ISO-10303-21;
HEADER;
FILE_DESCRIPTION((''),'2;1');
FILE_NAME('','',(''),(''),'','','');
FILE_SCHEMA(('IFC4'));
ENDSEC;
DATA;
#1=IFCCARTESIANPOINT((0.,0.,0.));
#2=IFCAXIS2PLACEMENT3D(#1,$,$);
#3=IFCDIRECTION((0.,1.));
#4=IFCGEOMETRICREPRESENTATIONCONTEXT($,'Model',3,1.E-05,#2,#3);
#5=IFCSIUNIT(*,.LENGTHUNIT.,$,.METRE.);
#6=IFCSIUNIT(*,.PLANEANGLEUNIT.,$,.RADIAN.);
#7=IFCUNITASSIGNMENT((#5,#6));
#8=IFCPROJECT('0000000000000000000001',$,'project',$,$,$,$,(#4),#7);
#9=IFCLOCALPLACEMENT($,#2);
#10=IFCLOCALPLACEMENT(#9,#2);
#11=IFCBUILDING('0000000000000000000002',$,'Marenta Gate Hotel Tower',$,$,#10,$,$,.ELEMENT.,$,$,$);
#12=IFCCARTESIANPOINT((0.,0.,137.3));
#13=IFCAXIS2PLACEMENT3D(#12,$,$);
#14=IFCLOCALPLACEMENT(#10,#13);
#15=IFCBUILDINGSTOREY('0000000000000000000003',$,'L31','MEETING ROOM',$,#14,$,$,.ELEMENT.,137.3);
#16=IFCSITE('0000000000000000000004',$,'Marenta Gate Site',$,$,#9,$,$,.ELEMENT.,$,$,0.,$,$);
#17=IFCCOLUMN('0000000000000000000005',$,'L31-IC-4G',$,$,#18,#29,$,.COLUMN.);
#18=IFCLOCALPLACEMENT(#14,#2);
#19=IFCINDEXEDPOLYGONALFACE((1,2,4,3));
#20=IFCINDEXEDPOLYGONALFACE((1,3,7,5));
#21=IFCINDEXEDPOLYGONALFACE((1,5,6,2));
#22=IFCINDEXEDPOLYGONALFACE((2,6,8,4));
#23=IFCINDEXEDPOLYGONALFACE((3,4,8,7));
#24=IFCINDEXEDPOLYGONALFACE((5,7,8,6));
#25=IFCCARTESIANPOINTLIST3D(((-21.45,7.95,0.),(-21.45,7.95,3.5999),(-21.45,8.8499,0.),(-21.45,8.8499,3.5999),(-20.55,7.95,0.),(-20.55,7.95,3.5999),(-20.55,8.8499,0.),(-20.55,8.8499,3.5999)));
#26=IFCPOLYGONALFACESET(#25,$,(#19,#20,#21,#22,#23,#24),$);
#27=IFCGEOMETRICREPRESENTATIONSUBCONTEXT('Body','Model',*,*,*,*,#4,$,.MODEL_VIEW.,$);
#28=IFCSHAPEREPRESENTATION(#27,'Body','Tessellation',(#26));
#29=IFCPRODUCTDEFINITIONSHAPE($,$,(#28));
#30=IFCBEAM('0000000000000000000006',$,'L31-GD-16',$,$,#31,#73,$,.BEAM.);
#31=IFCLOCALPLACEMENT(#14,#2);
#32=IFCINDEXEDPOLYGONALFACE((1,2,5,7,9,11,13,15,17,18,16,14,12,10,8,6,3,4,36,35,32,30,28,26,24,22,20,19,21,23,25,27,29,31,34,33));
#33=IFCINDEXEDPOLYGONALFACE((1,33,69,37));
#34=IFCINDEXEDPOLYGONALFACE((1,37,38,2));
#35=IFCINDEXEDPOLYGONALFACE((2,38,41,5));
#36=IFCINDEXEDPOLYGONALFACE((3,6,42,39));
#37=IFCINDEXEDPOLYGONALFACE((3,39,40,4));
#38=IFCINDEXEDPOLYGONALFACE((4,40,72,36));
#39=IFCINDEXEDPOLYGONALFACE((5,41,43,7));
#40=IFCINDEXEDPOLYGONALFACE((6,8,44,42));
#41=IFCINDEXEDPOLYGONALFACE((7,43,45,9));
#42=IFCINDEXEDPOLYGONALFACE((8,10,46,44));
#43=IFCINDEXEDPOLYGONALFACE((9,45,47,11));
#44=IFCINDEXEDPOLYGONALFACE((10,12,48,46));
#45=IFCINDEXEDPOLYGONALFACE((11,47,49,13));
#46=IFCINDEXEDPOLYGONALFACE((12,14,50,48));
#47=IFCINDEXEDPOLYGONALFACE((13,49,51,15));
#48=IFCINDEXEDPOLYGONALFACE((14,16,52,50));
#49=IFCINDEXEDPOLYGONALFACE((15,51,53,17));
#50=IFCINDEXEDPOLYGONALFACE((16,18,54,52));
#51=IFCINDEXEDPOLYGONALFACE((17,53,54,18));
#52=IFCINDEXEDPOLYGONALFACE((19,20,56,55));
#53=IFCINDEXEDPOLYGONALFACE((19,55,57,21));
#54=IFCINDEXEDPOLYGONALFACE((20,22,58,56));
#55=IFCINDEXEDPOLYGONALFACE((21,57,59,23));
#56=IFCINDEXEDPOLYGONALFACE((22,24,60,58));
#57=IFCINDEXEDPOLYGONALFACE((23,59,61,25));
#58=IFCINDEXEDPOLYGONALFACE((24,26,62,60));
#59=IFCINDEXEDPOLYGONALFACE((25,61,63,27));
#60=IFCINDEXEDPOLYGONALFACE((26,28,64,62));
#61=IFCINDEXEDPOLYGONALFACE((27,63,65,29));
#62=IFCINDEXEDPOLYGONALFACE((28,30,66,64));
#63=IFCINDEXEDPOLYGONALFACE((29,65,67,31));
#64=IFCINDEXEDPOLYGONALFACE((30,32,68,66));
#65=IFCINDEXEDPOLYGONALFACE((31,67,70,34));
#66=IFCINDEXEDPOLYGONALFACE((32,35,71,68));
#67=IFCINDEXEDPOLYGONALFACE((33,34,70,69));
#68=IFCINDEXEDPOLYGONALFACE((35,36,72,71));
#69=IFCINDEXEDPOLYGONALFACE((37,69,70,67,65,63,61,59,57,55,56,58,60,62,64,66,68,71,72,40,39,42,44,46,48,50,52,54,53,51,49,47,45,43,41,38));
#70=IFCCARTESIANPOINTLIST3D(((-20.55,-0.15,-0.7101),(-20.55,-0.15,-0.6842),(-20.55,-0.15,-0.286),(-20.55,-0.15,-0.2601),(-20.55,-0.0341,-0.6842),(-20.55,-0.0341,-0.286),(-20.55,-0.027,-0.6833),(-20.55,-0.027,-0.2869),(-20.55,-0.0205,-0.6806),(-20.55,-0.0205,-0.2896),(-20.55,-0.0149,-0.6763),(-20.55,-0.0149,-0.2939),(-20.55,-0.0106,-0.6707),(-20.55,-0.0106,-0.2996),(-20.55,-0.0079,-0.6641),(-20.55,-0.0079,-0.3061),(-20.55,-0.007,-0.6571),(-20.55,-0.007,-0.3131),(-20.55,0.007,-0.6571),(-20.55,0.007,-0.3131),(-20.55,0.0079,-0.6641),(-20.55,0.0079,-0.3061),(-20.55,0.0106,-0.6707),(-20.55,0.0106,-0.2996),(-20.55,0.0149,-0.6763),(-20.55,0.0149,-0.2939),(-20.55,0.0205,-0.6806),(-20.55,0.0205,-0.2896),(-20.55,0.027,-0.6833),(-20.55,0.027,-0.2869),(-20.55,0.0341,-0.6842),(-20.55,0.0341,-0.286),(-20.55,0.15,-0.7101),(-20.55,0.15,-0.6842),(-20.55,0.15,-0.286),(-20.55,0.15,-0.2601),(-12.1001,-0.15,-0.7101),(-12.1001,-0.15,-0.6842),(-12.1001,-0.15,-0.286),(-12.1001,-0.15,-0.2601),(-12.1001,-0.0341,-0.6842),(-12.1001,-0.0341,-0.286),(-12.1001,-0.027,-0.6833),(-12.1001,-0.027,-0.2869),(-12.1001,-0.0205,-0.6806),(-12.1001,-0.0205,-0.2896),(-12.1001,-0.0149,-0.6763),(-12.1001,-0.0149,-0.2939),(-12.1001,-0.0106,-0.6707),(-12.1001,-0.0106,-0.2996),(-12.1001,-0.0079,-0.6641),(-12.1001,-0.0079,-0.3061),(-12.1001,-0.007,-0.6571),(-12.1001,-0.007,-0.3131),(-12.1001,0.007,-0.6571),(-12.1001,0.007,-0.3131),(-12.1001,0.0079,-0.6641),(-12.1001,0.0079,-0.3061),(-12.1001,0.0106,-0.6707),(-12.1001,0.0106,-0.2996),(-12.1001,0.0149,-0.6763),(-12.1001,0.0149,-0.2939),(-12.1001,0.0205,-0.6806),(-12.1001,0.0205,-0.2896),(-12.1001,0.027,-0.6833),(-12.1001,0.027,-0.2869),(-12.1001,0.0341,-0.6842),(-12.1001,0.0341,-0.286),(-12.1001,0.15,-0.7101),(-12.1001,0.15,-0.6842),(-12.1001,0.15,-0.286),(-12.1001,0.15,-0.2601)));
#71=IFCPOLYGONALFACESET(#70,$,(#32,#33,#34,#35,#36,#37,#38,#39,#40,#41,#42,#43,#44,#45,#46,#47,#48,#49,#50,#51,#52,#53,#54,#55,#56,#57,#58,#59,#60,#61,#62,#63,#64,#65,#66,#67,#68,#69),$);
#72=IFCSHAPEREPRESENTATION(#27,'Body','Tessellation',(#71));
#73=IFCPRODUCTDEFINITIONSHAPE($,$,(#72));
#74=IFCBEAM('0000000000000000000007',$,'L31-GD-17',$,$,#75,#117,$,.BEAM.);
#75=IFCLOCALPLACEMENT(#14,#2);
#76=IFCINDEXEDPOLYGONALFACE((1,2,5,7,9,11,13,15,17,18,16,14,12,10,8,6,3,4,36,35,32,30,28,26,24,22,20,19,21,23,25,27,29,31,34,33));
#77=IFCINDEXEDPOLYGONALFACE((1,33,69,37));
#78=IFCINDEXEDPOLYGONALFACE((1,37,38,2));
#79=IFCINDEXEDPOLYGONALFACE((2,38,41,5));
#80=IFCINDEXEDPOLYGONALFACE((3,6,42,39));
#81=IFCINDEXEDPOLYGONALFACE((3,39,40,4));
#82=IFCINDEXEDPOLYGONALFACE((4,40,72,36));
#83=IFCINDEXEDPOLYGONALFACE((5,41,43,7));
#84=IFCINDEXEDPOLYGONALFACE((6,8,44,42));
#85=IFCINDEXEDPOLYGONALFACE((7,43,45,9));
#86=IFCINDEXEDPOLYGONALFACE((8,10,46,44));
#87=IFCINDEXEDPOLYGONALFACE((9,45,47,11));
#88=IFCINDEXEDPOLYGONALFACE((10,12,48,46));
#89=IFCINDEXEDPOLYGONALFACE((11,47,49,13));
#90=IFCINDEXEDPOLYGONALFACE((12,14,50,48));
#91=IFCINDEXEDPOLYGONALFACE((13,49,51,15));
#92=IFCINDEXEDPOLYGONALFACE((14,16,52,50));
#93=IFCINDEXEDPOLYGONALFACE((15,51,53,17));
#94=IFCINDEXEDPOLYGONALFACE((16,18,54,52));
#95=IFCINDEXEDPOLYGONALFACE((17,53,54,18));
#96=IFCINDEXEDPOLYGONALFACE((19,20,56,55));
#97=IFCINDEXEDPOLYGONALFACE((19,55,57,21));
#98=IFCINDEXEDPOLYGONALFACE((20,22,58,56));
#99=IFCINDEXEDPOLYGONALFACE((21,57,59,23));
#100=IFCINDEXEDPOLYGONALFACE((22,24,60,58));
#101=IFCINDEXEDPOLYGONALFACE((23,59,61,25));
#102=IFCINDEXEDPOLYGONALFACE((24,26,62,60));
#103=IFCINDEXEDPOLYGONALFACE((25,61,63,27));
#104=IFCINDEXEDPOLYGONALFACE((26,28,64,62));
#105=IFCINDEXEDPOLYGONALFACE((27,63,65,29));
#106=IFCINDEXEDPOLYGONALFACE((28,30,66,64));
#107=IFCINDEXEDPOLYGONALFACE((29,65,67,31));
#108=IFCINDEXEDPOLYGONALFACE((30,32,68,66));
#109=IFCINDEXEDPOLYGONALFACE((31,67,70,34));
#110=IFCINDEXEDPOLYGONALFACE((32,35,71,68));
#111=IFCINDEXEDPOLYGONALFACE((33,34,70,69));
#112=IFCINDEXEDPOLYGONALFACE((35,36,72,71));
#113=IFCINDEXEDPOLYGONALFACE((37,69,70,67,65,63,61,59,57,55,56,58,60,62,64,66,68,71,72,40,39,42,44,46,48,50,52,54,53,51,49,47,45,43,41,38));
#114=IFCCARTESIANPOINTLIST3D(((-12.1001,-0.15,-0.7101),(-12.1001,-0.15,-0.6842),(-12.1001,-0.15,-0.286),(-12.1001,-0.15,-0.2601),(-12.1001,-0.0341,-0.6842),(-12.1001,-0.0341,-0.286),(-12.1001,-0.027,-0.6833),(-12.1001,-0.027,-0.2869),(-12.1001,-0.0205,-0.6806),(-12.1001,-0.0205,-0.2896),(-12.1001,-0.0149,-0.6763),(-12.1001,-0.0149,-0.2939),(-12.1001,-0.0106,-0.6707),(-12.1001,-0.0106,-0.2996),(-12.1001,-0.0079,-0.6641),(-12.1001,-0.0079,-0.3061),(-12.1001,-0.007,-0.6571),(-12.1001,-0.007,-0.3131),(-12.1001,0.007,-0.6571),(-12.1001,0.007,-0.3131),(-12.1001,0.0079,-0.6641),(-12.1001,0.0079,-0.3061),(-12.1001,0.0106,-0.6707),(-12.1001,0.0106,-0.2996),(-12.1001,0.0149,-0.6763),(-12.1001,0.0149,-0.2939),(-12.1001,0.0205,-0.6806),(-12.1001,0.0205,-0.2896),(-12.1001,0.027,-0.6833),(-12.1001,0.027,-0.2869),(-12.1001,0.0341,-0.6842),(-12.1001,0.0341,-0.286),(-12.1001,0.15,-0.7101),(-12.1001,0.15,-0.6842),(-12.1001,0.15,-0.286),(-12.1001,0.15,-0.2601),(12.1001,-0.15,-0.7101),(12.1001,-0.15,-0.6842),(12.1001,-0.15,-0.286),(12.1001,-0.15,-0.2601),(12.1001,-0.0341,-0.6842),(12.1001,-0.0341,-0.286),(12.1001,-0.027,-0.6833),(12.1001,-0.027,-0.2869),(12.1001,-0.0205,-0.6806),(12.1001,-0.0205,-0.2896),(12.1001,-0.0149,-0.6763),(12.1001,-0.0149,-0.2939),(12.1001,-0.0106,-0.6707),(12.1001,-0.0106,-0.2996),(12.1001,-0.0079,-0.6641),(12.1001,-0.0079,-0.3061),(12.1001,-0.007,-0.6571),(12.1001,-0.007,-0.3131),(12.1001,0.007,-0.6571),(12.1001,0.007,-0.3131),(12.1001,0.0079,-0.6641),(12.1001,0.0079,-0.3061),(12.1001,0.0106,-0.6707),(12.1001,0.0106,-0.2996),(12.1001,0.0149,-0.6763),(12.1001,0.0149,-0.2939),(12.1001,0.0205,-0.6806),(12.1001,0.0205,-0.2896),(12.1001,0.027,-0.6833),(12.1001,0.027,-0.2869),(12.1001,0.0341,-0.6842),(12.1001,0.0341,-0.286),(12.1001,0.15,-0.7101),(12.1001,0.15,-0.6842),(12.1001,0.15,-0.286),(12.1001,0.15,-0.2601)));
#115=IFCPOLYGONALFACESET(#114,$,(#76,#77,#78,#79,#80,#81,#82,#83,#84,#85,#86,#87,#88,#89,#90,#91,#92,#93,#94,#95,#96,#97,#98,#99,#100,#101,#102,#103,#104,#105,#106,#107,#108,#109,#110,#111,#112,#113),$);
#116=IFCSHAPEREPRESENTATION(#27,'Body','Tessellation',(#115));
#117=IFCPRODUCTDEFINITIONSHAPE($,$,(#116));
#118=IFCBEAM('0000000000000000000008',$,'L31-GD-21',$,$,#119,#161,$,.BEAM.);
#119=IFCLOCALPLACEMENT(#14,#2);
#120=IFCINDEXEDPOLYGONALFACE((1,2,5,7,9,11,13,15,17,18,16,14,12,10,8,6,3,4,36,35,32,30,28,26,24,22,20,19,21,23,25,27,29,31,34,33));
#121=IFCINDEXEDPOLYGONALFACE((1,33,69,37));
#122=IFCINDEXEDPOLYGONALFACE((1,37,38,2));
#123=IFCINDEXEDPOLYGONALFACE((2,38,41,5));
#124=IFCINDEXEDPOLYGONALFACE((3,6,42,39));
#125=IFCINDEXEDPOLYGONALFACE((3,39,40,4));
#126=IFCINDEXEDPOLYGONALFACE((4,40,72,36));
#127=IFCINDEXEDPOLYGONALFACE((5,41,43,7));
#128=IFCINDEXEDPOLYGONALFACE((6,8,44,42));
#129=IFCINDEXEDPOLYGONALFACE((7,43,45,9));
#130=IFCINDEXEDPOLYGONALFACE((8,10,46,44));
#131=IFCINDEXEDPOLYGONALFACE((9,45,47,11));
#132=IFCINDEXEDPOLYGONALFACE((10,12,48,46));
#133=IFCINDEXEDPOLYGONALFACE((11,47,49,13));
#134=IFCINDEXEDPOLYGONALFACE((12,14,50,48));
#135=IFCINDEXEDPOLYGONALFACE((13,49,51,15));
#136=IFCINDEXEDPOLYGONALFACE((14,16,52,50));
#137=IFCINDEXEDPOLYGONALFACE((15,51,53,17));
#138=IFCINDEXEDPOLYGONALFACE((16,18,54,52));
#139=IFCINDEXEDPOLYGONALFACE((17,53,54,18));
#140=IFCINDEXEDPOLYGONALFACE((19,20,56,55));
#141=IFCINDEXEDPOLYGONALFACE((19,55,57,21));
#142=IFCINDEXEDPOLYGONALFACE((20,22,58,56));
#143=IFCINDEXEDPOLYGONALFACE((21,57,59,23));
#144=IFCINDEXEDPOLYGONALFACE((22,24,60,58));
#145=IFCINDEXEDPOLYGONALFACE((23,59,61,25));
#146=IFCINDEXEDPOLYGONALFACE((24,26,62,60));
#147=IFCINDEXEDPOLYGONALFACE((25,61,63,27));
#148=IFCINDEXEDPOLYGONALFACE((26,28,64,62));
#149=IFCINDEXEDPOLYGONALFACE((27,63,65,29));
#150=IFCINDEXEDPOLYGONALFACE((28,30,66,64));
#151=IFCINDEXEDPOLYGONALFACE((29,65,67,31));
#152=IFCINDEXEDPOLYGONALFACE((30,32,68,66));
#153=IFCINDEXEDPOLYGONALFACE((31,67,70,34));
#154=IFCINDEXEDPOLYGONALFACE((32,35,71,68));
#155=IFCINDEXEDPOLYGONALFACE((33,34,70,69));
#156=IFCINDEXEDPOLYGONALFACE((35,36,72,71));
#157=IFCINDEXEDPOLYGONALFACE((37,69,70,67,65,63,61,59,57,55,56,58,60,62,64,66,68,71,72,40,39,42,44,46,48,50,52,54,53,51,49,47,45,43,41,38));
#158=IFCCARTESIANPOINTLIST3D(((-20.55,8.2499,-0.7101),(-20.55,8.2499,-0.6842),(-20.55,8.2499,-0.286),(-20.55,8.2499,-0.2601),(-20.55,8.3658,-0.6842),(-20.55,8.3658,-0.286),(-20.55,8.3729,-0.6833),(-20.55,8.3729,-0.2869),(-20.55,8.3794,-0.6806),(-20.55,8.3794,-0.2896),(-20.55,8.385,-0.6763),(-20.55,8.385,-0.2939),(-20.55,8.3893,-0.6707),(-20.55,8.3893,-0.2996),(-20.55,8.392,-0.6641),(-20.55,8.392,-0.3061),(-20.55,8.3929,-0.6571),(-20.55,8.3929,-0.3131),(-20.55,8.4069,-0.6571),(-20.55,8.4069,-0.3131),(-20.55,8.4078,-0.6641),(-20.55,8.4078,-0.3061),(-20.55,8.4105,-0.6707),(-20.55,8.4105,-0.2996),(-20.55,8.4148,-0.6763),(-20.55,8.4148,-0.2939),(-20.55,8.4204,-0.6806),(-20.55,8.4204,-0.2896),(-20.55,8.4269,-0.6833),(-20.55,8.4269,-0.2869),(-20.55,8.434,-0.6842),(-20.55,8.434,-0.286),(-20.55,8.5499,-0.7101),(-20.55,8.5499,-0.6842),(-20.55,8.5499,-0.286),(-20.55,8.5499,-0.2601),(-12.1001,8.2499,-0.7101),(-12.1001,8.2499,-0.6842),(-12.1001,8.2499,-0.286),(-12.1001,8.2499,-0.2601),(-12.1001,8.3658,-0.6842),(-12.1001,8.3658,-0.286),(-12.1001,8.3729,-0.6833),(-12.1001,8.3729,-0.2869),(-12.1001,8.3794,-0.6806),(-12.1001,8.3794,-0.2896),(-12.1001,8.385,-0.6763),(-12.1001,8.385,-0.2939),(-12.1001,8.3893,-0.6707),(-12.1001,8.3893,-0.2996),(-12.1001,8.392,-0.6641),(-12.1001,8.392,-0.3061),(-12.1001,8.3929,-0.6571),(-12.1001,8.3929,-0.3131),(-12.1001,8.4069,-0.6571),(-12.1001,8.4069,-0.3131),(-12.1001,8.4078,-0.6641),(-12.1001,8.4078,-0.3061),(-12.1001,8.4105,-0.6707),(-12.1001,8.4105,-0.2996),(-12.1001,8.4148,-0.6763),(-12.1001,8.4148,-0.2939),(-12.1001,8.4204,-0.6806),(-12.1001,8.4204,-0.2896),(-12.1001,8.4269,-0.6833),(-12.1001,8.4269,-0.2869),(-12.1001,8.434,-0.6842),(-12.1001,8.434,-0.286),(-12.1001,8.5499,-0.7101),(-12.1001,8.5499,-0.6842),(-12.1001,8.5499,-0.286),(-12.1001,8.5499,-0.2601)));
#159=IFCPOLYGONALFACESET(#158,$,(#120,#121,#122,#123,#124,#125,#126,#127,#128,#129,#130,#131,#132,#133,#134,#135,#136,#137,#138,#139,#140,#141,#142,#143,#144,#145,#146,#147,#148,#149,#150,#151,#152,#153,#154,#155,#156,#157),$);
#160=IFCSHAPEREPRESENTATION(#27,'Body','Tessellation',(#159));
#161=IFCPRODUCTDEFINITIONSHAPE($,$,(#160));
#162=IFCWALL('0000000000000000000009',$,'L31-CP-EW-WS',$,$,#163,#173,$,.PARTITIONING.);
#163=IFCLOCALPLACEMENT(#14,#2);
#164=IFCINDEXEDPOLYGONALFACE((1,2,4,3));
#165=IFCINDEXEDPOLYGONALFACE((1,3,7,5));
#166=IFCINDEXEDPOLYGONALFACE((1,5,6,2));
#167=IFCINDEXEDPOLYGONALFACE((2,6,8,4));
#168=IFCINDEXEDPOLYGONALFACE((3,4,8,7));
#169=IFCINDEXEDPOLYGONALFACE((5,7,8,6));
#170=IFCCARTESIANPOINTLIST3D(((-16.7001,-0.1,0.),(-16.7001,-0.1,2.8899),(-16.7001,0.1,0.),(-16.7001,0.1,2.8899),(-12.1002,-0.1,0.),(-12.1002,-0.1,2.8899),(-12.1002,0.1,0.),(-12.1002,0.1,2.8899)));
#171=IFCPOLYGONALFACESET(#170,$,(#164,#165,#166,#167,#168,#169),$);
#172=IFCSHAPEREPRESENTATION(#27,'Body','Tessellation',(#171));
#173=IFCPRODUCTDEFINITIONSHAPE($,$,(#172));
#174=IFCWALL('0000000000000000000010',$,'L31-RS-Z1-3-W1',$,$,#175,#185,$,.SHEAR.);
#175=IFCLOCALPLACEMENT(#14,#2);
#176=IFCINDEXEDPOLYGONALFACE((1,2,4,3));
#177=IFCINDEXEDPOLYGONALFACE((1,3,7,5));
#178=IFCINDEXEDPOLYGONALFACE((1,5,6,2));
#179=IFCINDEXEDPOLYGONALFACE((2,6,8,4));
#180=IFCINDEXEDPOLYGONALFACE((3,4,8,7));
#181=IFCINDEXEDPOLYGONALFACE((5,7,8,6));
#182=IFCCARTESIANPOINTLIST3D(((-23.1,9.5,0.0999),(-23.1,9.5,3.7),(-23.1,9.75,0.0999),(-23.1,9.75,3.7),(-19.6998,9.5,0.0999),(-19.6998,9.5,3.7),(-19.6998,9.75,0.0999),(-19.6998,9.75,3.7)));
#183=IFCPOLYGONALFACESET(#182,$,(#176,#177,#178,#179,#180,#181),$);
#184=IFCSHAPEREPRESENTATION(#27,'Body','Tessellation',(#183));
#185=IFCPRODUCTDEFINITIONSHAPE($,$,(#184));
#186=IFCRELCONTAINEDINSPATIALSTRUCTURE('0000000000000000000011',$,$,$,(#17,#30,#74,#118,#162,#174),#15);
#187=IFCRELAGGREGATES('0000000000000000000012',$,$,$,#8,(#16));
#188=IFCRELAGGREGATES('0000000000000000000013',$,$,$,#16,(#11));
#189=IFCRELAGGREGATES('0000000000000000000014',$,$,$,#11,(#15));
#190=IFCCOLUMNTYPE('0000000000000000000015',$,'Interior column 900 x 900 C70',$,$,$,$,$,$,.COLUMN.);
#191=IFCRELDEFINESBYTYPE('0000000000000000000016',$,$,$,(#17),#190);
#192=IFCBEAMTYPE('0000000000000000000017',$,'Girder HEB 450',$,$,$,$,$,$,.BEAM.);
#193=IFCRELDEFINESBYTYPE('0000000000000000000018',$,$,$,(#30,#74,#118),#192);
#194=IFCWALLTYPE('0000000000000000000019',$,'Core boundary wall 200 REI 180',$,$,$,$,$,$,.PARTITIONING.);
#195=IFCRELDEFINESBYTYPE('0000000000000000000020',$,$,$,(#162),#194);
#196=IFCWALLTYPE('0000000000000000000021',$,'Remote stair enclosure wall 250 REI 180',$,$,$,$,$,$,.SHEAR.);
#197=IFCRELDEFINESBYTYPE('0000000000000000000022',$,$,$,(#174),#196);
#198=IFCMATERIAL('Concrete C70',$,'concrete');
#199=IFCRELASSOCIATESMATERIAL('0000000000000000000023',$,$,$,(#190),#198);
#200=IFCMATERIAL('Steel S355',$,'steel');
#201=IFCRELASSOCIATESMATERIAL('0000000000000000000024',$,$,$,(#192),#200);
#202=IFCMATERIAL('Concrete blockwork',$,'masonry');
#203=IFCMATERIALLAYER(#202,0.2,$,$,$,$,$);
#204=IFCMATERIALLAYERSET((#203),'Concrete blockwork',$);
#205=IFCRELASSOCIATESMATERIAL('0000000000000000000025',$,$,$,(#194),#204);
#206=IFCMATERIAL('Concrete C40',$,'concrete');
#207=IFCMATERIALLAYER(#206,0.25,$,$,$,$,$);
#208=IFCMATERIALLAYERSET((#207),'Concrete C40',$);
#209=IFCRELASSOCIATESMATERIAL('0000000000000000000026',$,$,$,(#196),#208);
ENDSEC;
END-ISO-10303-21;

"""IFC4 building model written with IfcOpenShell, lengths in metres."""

from ifc_helpers import new_model, si_unit, direction, frame, frame_2d, origin, origin_2d, place, context, subcontext, project, spatial, rectangle, i_section, extrude, material, layer, layer_set, material_profile, profile_set, type_object, element, save


model = new_model("IFC4")

# Units and contexts
model_context = context("Model", 3, precision=1e-05, world=origin(), true_north=direction((0.0, 1.0)))
body_context = subcontext(model_context, "Body", "Model", "MODEL_VIEW")
ifc_project = project(units=[si_unit("LENGTHUNIT", "METRE"), si_unit("PLANEANGLEUNIT", "RADIAN")], contexts=[model_context])

# Site, building, storey
site_placement = place(None, origin())
site = spatial("IfcSite", under=ifc_project, at=site_placement, Name="Marenta Gate Site", CompositionType="ELEMENT", RefElevation=0.0)
building_placement = place(site_placement, origin())
building = spatial("IfcBuilding", under=site, at=building_placement, Name="Marenta Gate Hotel Tower", CompositionType="ELEMENT")
storey_placement = place(building_placement, frame((0.0, 0.0, 137.3)))
storey = spatial("IfcBuildingStorey", under=building, at=storey_placement, Name="L31", Description="MEETING ROOM", CompositionType="ELEMENT", Elevation=137.3)

# Column
ifc_material_1 = material(Name="Concrete C70", Category="concrete")
ifc_material_profile_1 = material_profile(ifc_material_1, rectangle(XDim=0.8999, YDim=0.8999, at=origin_2d()), Name="900 x 900")
ifc_profile_set_1 = profile_set([ifc_material_profile_1], Name="Concrete C70")
column_type = type_object("IfcColumnType", Name="Interior column 900 x 900 C70", PredefinedType="COLUMN", material=ifc_profile_set_1)
column_placement = place(storey_placement, frame((-21.0, 8.3999, 0.0), z_axis=(0.0, 0.0, 1.0), x_axis=(1.0, 0.0, 0.0)))
element("IfcColumn", 1, at=column_placement, inside=storey, type_object=column_type, Name="L31-IC-4G", PredefinedType="COLUMN", context=body_context, shape_type="SweptSolid", body=[
    extrude(rectangle(XDim=0.8999, YDim=0.8999, at=origin_2d()), origin(), (0.0, 0.0, 1.0), 3.5999),
])

# Beams
ifc_material_2 = material(Name="Steel S355", Category="steel")
ifc_material_profile_2 = material_profile(ifc_material_2, i_section(OverallWidth=0.3, OverallDepth=0.45, WebThickness=0.0139, FlangeThickness=0.0259, FilletRadius=0.0271, at=origin_2d()), Name="HEB 450")
ifc_profile_set_2 = profile_set([ifc_material_profile_2], Name="Steel S355")
beam_type = type_object("IfcBeamType", Name="Girder HEB 450", PredefinedType="BEAM", material=ifc_profile_set_2)
beam_1_placement = place(storey_placement, frame((-20.55, 0.0, -0.4851), z_axis=(1.0, 0.0, 0.0), x_axis=(0.0, 1.0, 0.0)))
element("IfcBeam", 2, at=beam_1_placement, inside=storey, type_object=beam_type, Name="L31-GD-16", PredefinedType="BEAM", context=body_context, shape_type="SweptSolid", body=[
    extrude(i_section(OverallWidth=0.3, OverallDepth=0.45, WebThickness=0.0139, FlangeThickness=0.0259, FilletRadius=0.0271, at=origin_2d()), origin(), (0.0, 0.0, 1.0), 8.45),
])
beam_2_placement = place(storey_placement, frame((-12.1001, 0.0, -0.4851), z_axis=(1.0, 0.0, 0.0), x_axis=(0.0, 1.0, 0.0)))
element("IfcBeam", 3, at=beam_2_placement, inside=storey, type_object=beam_type, Name="L31-GD-17", PredefinedType="BEAM", context=body_context, shape_type="SweptSolid", body=[
    extrude(i_section(OverallWidth=0.3, OverallDepth=0.45, WebThickness=0.0139, FlangeThickness=0.0259, FilletRadius=0.0271, at=origin_2d()), origin(), (0.0, 0.0, 1.0), 24.2002),
])
beam_3_placement = place(storey_placement, frame((-20.55, 8.3999, -0.4851), z_axis=(1.0, 0.0, 0.0), x_axis=(0.0, 1.0, 0.0)))
element("IfcBeam", 4, at=beam_3_placement, inside=storey, type_object=beam_type, Name="L31-GD-21", PredefinedType="BEAM", context=body_context, shape_type="SweptSolid", body=[
    extrude(i_section(OverallWidth=0.3, OverallDepth=0.45, WebThickness=0.0139, FlangeThickness=0.0259, FilletRadius=0.0271, at=origin_2d()), origin(), (0.0, 0.0, 1.0), 8.45),
])

# Walls
ifc_material_3 = material(Name="Concrete blockwork", Category="masonry")
ifc_layer_1 = layer(ifc_material_3, 0.2)
ifc_layer_set_1 = layer_set([ifc_layer_1], Name="Concrete blockwork")
wall_type_1 = type_object("IfcWallType", Name="Core boundary wall 200 REI 180", PredefinedType="PARTITIONING", material=ifc_layer_set_1)
wall_1_placement = place(storey_placement, frame((-16.7, 0.0, 0.0), z_axis=(0.0, 0.0, 1.0), x_axis=(1.0, 0.0, 0.0)))
element("IfcWall", 5, at=wall_1_placement, inside=storey, type_object=wall_type_1, Name="L31-CP-EW-WS", PredefinedType="PARTITIONING", context=body_context, shape_type="SweptSolid", body=[
    extrude(rectangle(XDim=4.5999, YDim=0.2, at=frame_2d((2.2998, 0.0))), origin(), (0.0, 0.0, 1.0), 2.8899),
])
ifc_material_4 = material(Name="Concrete C40", Category="concrete")
ifc_layer_2 = layer(ifc_material_4, 0.25)
ifc_layer_set_2 = layer_set([ifc_layer_2], Name="Concrete C40")
wall_type_2 = type_object("IfcWallType", Name="Remote stair enclosure wall 250 REI 180", PredefinedType="SHEAR", material=ifc_layer_set_2)
wall_2_placement = place(storey_placement, frame((-23.1001, 9.625, 0.0999), z_axis=(0.0, 0.0, 1.0), x_axis=(1.0, 0.0, 0.0)))
element("IfcWall", 6, at=wall_2_placement, inside=storey, type_object=wall_type_2, Name="L31-RS-Z1-3-W1", PredefinedType="SHEAR", context=body_context, shape_type="SweptSolid", body=[
    extrude(rectangle(XDim=3.4001, YDim=0.25, at=frame_2d((1.7002, 0.0))), origin(), (0.0, 0.0, 1.0), 3.6001),
])

save(model, "model.ifc")
